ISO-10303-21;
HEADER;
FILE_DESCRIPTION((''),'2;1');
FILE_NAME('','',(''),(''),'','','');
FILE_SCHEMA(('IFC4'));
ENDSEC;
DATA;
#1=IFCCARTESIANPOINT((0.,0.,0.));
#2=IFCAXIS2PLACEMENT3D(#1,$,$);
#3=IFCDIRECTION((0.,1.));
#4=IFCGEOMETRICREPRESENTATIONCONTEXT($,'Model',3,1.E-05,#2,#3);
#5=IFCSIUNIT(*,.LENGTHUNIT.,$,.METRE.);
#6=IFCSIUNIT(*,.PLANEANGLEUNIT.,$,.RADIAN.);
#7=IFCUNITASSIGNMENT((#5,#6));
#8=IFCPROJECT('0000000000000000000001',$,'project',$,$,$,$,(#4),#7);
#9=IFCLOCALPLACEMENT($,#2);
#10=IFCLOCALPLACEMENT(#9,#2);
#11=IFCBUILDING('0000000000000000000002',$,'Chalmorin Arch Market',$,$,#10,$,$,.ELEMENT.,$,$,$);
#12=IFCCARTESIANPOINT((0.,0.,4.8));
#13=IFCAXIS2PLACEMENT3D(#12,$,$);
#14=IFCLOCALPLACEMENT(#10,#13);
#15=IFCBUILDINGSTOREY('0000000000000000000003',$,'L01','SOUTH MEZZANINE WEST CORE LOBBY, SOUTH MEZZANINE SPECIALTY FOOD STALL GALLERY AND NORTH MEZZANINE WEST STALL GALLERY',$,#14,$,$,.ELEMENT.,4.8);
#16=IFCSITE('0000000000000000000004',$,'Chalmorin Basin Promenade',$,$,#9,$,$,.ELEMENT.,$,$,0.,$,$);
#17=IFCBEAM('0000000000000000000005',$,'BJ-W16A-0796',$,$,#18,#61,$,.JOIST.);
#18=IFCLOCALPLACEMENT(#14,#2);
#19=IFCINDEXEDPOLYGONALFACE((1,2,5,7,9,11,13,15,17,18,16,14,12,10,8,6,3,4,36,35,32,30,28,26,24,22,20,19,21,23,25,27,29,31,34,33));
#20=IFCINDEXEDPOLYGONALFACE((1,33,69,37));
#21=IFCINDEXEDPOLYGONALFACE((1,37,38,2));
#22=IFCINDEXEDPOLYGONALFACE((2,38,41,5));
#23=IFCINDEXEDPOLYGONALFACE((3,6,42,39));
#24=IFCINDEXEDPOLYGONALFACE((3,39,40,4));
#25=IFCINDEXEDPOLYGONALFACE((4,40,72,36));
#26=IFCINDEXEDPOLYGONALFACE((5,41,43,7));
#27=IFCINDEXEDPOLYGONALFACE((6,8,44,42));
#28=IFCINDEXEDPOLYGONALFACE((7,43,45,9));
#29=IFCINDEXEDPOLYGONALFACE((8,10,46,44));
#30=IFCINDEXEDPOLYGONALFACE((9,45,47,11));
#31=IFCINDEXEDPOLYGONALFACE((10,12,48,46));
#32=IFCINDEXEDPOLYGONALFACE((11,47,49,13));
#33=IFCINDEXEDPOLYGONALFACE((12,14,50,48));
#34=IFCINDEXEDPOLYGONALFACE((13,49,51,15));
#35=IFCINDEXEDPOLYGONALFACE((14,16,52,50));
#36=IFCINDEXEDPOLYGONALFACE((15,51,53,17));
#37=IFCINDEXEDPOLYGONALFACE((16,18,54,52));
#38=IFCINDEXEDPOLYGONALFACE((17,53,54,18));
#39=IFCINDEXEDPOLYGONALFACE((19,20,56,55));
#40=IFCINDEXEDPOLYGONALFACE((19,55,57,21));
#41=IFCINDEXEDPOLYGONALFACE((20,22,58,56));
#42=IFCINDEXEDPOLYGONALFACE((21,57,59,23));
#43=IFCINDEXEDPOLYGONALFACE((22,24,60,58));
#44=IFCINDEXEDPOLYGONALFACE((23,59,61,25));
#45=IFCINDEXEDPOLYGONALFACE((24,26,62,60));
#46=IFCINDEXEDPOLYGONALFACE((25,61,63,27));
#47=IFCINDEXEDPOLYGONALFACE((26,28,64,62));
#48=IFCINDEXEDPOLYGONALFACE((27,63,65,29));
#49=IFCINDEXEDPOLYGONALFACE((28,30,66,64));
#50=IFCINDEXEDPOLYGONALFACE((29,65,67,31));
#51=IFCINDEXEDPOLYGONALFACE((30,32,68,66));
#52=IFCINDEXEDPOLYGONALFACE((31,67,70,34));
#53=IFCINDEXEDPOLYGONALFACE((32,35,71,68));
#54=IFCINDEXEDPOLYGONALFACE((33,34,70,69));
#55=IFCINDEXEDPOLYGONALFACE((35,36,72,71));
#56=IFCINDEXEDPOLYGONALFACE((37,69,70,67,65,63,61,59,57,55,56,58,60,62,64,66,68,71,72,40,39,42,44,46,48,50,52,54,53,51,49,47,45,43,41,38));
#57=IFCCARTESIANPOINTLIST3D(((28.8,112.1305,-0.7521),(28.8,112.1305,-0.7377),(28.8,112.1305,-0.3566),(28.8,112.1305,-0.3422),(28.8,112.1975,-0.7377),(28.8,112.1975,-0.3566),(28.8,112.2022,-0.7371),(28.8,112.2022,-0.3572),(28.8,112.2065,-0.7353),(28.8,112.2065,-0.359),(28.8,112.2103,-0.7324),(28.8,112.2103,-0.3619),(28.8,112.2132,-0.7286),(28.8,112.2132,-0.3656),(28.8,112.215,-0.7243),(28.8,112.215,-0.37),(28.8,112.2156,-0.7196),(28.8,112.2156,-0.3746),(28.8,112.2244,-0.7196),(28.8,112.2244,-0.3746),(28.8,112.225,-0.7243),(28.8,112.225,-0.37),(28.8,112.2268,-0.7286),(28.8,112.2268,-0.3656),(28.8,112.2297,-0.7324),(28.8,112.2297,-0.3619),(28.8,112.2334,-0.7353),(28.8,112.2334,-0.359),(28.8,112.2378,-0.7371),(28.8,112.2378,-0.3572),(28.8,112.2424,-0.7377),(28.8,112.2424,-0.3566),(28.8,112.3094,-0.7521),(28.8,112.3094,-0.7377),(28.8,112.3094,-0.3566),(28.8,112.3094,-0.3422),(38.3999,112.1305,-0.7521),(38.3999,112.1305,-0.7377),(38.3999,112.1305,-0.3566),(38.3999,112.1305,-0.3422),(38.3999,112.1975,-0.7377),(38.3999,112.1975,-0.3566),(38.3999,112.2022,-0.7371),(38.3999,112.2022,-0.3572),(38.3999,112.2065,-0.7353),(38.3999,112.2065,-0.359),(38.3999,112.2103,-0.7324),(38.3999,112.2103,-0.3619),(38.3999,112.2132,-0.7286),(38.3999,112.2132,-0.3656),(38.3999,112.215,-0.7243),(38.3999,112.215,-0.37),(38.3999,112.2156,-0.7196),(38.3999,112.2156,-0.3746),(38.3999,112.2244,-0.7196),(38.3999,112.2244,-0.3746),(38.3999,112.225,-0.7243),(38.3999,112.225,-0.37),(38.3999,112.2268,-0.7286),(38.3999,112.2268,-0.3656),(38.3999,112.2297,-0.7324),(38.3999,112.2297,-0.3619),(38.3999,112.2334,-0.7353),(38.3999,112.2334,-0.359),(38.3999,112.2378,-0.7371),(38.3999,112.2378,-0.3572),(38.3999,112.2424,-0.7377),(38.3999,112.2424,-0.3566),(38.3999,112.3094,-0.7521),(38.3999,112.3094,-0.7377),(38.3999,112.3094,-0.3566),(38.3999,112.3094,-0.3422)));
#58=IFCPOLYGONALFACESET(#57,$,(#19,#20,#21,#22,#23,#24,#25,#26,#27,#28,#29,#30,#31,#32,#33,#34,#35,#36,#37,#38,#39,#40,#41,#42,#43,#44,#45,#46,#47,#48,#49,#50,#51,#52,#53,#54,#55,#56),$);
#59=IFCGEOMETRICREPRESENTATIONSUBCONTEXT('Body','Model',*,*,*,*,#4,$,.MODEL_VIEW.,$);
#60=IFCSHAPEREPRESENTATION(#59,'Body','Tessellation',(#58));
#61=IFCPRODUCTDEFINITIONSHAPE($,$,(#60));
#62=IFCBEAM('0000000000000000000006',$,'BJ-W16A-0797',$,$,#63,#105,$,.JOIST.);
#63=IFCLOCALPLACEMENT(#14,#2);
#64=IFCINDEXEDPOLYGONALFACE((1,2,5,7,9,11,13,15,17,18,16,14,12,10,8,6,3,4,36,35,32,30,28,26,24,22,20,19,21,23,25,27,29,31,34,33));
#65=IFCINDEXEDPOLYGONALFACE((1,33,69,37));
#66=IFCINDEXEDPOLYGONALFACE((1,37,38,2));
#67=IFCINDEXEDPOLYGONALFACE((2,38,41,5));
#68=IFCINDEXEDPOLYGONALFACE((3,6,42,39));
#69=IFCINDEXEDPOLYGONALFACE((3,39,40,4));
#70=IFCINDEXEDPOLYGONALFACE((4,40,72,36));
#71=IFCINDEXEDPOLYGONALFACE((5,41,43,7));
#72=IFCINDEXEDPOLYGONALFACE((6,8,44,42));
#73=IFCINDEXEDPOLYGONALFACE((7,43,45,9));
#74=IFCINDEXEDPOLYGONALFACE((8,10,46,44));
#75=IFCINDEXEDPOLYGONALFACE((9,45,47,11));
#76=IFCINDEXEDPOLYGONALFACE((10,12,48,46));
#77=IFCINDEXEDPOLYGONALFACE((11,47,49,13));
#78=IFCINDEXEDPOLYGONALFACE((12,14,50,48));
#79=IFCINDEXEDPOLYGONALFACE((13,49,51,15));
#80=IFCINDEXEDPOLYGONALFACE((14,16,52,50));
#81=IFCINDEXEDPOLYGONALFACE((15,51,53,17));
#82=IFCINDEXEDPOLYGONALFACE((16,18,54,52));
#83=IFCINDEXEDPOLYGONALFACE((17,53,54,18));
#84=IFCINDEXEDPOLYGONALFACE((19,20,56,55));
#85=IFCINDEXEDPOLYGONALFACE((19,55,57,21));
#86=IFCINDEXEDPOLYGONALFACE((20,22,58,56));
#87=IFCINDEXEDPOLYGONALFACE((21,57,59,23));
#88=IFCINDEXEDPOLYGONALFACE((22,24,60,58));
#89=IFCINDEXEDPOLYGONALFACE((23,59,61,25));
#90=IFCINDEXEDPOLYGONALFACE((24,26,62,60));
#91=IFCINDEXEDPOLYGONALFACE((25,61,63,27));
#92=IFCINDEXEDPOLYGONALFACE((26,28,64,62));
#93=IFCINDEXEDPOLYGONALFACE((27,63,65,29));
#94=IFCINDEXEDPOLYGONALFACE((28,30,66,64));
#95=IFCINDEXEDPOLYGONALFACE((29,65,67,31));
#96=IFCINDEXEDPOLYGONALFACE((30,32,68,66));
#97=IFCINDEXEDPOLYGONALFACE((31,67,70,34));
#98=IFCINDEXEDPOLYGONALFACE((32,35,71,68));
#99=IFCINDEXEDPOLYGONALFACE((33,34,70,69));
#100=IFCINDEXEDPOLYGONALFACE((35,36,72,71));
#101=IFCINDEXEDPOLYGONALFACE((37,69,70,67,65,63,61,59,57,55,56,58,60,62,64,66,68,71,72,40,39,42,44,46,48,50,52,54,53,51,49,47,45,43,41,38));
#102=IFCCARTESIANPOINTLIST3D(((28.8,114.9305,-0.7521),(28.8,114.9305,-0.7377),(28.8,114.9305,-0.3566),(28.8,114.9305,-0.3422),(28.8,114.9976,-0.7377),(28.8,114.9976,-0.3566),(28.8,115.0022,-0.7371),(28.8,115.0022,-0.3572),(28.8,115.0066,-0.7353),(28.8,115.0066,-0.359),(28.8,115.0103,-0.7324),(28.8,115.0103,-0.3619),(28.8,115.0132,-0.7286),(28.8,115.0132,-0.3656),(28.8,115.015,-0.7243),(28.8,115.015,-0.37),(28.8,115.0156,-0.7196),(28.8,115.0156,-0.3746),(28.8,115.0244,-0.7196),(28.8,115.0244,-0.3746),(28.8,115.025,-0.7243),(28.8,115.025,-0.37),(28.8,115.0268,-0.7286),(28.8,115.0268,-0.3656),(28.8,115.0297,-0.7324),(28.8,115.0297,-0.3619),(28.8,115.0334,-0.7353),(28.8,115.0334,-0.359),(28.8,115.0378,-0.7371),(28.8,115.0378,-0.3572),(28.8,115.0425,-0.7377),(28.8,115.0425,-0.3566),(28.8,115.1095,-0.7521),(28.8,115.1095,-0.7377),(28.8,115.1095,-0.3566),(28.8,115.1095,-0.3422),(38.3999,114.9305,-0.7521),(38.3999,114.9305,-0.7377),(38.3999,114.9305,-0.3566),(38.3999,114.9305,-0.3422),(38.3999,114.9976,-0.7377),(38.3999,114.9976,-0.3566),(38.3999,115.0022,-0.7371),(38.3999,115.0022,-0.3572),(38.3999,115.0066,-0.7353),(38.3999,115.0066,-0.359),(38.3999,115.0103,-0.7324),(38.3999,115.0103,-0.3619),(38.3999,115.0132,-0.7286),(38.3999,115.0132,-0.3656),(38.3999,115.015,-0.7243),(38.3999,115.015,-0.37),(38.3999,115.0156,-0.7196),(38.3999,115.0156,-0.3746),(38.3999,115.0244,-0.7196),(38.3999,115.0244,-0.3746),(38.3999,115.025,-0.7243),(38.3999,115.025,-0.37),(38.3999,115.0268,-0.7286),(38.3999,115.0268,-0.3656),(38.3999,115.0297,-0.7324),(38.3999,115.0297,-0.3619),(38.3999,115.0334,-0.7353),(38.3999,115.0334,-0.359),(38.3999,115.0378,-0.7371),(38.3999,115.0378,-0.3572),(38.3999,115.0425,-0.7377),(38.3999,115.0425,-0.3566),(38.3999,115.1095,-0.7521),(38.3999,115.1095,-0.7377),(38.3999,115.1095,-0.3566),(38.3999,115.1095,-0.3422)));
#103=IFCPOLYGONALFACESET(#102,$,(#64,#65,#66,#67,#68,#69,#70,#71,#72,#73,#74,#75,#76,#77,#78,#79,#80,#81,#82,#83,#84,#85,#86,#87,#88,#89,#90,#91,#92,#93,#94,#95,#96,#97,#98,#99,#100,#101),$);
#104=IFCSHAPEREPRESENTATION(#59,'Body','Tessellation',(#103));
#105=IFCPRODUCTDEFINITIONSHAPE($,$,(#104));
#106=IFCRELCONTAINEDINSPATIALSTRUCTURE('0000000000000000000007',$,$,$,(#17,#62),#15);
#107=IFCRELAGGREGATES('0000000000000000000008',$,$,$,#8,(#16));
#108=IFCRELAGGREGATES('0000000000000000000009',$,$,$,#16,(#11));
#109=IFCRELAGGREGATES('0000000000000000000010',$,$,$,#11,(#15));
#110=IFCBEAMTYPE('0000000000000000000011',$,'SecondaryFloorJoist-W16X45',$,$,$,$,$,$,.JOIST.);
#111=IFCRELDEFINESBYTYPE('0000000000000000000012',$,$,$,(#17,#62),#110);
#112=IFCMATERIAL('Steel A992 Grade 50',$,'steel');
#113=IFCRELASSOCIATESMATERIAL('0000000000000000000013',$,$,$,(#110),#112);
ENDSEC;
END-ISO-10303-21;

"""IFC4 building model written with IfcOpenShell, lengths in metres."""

from ifc_helpers import new_model, si_unit, direction, frame, origin, origin_2d, place, context, subcontext, project, spatial, i_section, extrude, material, material_profile, profile_set, type_object, element, save


model = new_model("IFC4")

# Units and contexts
model_context = context("Model", 3, precision=1e-05, world=origin(), true_north=direction((0.0, 1.0)))
body_context = subcontext(model_context, "Body", "Model", "MODEL_VIEW")
ifc_project = project(units=[si_unit("LENGTHUNIT", "METRE"), si_unit("PLANEANGLEUNIT", "RADIAN")], contexts=[model_context])

# Site, building, storey
site_placement = place(None, origin())
site = spatial("IfcSite", under=ifc_project, at=site_placement, Name="Chalmorin Basin Promenade", CompositionType="ELEMENT", RefElevation=0.0)
building_placement = place(site_placement, origin())
building = spatial("IfcBuilding", under=site, at=building_placement, Name="Chalmorin Arch Market", CompositionType="ELEMENT")
storey_placement = place(building_placement, frame((0.0, 0.0, 4.8)))
storey = spatial("IfcBuildingStorey", under=building, at=storey_placement, Name="L01", Description="SOUTH MEZZANINE WEST CORE LOBBY, SOUTH MEZZANINE SPECIALTY FOOD STALL GALLERY AND NORTH MEZZANINE WEST STALL GALLERY", CompositionType="ELEMENT", Elevation=4.8)

# Beams
ifc_material_1 = material(Name="Steel A992 Grade 50", Category="steel")
ifc_material_profile_1 = material_profile(ifc_material_1, i_section(OverallWidth=0.179, OverallDepth=0.4099, WebThickness=0.0088, FlangeThickness=0.0144, FilletRadius=0.0181, at=origin_2d()), Name="W16X45")
ifc_profile_set_1 = profile_set([ifc_material_profile_1], Name="Steel A992 Grade 50")
beam_type_1 = type_object("IfcBeamType", Name="SecondaryFloorJoist-W16X45", PredefinedType="JOIST", material=ifc_profile_set_1)
for number, where, z_axis, x_axis, name in (
    (1, (28.8, 112.22, -0.5471), (1.0, 0.0, 0.0), (0.0, 1.0, 0.0), "BJ-W16A-0796"),
    (2, (28.8, 115.02, -0.5471), (1.0, 0.0, 0.0), (0.0, 1.0, 0.0), "BJ-W16A-0797"),
):
    element("IfcBeam", number, at=place(storey_placement, frame(where, z_axis=z_axis, x_axis=x_axis)), inside=storey, type_object=beam_type_1, Name=name, PredefinedType="JOIST", context=body_context, shape_type="SweptSolid", body=[
        extrude(i_section(OverallWidth=0.179, OverallDepth=0.4099, WebThickness=0.0088, FlangeThickness=0.0144, FilletRadius=0.0181, at=origin_2d()), origin(), (0.0, 0.0, 1.0), 9.5999),
    ])

save(model, "model.ifc")
